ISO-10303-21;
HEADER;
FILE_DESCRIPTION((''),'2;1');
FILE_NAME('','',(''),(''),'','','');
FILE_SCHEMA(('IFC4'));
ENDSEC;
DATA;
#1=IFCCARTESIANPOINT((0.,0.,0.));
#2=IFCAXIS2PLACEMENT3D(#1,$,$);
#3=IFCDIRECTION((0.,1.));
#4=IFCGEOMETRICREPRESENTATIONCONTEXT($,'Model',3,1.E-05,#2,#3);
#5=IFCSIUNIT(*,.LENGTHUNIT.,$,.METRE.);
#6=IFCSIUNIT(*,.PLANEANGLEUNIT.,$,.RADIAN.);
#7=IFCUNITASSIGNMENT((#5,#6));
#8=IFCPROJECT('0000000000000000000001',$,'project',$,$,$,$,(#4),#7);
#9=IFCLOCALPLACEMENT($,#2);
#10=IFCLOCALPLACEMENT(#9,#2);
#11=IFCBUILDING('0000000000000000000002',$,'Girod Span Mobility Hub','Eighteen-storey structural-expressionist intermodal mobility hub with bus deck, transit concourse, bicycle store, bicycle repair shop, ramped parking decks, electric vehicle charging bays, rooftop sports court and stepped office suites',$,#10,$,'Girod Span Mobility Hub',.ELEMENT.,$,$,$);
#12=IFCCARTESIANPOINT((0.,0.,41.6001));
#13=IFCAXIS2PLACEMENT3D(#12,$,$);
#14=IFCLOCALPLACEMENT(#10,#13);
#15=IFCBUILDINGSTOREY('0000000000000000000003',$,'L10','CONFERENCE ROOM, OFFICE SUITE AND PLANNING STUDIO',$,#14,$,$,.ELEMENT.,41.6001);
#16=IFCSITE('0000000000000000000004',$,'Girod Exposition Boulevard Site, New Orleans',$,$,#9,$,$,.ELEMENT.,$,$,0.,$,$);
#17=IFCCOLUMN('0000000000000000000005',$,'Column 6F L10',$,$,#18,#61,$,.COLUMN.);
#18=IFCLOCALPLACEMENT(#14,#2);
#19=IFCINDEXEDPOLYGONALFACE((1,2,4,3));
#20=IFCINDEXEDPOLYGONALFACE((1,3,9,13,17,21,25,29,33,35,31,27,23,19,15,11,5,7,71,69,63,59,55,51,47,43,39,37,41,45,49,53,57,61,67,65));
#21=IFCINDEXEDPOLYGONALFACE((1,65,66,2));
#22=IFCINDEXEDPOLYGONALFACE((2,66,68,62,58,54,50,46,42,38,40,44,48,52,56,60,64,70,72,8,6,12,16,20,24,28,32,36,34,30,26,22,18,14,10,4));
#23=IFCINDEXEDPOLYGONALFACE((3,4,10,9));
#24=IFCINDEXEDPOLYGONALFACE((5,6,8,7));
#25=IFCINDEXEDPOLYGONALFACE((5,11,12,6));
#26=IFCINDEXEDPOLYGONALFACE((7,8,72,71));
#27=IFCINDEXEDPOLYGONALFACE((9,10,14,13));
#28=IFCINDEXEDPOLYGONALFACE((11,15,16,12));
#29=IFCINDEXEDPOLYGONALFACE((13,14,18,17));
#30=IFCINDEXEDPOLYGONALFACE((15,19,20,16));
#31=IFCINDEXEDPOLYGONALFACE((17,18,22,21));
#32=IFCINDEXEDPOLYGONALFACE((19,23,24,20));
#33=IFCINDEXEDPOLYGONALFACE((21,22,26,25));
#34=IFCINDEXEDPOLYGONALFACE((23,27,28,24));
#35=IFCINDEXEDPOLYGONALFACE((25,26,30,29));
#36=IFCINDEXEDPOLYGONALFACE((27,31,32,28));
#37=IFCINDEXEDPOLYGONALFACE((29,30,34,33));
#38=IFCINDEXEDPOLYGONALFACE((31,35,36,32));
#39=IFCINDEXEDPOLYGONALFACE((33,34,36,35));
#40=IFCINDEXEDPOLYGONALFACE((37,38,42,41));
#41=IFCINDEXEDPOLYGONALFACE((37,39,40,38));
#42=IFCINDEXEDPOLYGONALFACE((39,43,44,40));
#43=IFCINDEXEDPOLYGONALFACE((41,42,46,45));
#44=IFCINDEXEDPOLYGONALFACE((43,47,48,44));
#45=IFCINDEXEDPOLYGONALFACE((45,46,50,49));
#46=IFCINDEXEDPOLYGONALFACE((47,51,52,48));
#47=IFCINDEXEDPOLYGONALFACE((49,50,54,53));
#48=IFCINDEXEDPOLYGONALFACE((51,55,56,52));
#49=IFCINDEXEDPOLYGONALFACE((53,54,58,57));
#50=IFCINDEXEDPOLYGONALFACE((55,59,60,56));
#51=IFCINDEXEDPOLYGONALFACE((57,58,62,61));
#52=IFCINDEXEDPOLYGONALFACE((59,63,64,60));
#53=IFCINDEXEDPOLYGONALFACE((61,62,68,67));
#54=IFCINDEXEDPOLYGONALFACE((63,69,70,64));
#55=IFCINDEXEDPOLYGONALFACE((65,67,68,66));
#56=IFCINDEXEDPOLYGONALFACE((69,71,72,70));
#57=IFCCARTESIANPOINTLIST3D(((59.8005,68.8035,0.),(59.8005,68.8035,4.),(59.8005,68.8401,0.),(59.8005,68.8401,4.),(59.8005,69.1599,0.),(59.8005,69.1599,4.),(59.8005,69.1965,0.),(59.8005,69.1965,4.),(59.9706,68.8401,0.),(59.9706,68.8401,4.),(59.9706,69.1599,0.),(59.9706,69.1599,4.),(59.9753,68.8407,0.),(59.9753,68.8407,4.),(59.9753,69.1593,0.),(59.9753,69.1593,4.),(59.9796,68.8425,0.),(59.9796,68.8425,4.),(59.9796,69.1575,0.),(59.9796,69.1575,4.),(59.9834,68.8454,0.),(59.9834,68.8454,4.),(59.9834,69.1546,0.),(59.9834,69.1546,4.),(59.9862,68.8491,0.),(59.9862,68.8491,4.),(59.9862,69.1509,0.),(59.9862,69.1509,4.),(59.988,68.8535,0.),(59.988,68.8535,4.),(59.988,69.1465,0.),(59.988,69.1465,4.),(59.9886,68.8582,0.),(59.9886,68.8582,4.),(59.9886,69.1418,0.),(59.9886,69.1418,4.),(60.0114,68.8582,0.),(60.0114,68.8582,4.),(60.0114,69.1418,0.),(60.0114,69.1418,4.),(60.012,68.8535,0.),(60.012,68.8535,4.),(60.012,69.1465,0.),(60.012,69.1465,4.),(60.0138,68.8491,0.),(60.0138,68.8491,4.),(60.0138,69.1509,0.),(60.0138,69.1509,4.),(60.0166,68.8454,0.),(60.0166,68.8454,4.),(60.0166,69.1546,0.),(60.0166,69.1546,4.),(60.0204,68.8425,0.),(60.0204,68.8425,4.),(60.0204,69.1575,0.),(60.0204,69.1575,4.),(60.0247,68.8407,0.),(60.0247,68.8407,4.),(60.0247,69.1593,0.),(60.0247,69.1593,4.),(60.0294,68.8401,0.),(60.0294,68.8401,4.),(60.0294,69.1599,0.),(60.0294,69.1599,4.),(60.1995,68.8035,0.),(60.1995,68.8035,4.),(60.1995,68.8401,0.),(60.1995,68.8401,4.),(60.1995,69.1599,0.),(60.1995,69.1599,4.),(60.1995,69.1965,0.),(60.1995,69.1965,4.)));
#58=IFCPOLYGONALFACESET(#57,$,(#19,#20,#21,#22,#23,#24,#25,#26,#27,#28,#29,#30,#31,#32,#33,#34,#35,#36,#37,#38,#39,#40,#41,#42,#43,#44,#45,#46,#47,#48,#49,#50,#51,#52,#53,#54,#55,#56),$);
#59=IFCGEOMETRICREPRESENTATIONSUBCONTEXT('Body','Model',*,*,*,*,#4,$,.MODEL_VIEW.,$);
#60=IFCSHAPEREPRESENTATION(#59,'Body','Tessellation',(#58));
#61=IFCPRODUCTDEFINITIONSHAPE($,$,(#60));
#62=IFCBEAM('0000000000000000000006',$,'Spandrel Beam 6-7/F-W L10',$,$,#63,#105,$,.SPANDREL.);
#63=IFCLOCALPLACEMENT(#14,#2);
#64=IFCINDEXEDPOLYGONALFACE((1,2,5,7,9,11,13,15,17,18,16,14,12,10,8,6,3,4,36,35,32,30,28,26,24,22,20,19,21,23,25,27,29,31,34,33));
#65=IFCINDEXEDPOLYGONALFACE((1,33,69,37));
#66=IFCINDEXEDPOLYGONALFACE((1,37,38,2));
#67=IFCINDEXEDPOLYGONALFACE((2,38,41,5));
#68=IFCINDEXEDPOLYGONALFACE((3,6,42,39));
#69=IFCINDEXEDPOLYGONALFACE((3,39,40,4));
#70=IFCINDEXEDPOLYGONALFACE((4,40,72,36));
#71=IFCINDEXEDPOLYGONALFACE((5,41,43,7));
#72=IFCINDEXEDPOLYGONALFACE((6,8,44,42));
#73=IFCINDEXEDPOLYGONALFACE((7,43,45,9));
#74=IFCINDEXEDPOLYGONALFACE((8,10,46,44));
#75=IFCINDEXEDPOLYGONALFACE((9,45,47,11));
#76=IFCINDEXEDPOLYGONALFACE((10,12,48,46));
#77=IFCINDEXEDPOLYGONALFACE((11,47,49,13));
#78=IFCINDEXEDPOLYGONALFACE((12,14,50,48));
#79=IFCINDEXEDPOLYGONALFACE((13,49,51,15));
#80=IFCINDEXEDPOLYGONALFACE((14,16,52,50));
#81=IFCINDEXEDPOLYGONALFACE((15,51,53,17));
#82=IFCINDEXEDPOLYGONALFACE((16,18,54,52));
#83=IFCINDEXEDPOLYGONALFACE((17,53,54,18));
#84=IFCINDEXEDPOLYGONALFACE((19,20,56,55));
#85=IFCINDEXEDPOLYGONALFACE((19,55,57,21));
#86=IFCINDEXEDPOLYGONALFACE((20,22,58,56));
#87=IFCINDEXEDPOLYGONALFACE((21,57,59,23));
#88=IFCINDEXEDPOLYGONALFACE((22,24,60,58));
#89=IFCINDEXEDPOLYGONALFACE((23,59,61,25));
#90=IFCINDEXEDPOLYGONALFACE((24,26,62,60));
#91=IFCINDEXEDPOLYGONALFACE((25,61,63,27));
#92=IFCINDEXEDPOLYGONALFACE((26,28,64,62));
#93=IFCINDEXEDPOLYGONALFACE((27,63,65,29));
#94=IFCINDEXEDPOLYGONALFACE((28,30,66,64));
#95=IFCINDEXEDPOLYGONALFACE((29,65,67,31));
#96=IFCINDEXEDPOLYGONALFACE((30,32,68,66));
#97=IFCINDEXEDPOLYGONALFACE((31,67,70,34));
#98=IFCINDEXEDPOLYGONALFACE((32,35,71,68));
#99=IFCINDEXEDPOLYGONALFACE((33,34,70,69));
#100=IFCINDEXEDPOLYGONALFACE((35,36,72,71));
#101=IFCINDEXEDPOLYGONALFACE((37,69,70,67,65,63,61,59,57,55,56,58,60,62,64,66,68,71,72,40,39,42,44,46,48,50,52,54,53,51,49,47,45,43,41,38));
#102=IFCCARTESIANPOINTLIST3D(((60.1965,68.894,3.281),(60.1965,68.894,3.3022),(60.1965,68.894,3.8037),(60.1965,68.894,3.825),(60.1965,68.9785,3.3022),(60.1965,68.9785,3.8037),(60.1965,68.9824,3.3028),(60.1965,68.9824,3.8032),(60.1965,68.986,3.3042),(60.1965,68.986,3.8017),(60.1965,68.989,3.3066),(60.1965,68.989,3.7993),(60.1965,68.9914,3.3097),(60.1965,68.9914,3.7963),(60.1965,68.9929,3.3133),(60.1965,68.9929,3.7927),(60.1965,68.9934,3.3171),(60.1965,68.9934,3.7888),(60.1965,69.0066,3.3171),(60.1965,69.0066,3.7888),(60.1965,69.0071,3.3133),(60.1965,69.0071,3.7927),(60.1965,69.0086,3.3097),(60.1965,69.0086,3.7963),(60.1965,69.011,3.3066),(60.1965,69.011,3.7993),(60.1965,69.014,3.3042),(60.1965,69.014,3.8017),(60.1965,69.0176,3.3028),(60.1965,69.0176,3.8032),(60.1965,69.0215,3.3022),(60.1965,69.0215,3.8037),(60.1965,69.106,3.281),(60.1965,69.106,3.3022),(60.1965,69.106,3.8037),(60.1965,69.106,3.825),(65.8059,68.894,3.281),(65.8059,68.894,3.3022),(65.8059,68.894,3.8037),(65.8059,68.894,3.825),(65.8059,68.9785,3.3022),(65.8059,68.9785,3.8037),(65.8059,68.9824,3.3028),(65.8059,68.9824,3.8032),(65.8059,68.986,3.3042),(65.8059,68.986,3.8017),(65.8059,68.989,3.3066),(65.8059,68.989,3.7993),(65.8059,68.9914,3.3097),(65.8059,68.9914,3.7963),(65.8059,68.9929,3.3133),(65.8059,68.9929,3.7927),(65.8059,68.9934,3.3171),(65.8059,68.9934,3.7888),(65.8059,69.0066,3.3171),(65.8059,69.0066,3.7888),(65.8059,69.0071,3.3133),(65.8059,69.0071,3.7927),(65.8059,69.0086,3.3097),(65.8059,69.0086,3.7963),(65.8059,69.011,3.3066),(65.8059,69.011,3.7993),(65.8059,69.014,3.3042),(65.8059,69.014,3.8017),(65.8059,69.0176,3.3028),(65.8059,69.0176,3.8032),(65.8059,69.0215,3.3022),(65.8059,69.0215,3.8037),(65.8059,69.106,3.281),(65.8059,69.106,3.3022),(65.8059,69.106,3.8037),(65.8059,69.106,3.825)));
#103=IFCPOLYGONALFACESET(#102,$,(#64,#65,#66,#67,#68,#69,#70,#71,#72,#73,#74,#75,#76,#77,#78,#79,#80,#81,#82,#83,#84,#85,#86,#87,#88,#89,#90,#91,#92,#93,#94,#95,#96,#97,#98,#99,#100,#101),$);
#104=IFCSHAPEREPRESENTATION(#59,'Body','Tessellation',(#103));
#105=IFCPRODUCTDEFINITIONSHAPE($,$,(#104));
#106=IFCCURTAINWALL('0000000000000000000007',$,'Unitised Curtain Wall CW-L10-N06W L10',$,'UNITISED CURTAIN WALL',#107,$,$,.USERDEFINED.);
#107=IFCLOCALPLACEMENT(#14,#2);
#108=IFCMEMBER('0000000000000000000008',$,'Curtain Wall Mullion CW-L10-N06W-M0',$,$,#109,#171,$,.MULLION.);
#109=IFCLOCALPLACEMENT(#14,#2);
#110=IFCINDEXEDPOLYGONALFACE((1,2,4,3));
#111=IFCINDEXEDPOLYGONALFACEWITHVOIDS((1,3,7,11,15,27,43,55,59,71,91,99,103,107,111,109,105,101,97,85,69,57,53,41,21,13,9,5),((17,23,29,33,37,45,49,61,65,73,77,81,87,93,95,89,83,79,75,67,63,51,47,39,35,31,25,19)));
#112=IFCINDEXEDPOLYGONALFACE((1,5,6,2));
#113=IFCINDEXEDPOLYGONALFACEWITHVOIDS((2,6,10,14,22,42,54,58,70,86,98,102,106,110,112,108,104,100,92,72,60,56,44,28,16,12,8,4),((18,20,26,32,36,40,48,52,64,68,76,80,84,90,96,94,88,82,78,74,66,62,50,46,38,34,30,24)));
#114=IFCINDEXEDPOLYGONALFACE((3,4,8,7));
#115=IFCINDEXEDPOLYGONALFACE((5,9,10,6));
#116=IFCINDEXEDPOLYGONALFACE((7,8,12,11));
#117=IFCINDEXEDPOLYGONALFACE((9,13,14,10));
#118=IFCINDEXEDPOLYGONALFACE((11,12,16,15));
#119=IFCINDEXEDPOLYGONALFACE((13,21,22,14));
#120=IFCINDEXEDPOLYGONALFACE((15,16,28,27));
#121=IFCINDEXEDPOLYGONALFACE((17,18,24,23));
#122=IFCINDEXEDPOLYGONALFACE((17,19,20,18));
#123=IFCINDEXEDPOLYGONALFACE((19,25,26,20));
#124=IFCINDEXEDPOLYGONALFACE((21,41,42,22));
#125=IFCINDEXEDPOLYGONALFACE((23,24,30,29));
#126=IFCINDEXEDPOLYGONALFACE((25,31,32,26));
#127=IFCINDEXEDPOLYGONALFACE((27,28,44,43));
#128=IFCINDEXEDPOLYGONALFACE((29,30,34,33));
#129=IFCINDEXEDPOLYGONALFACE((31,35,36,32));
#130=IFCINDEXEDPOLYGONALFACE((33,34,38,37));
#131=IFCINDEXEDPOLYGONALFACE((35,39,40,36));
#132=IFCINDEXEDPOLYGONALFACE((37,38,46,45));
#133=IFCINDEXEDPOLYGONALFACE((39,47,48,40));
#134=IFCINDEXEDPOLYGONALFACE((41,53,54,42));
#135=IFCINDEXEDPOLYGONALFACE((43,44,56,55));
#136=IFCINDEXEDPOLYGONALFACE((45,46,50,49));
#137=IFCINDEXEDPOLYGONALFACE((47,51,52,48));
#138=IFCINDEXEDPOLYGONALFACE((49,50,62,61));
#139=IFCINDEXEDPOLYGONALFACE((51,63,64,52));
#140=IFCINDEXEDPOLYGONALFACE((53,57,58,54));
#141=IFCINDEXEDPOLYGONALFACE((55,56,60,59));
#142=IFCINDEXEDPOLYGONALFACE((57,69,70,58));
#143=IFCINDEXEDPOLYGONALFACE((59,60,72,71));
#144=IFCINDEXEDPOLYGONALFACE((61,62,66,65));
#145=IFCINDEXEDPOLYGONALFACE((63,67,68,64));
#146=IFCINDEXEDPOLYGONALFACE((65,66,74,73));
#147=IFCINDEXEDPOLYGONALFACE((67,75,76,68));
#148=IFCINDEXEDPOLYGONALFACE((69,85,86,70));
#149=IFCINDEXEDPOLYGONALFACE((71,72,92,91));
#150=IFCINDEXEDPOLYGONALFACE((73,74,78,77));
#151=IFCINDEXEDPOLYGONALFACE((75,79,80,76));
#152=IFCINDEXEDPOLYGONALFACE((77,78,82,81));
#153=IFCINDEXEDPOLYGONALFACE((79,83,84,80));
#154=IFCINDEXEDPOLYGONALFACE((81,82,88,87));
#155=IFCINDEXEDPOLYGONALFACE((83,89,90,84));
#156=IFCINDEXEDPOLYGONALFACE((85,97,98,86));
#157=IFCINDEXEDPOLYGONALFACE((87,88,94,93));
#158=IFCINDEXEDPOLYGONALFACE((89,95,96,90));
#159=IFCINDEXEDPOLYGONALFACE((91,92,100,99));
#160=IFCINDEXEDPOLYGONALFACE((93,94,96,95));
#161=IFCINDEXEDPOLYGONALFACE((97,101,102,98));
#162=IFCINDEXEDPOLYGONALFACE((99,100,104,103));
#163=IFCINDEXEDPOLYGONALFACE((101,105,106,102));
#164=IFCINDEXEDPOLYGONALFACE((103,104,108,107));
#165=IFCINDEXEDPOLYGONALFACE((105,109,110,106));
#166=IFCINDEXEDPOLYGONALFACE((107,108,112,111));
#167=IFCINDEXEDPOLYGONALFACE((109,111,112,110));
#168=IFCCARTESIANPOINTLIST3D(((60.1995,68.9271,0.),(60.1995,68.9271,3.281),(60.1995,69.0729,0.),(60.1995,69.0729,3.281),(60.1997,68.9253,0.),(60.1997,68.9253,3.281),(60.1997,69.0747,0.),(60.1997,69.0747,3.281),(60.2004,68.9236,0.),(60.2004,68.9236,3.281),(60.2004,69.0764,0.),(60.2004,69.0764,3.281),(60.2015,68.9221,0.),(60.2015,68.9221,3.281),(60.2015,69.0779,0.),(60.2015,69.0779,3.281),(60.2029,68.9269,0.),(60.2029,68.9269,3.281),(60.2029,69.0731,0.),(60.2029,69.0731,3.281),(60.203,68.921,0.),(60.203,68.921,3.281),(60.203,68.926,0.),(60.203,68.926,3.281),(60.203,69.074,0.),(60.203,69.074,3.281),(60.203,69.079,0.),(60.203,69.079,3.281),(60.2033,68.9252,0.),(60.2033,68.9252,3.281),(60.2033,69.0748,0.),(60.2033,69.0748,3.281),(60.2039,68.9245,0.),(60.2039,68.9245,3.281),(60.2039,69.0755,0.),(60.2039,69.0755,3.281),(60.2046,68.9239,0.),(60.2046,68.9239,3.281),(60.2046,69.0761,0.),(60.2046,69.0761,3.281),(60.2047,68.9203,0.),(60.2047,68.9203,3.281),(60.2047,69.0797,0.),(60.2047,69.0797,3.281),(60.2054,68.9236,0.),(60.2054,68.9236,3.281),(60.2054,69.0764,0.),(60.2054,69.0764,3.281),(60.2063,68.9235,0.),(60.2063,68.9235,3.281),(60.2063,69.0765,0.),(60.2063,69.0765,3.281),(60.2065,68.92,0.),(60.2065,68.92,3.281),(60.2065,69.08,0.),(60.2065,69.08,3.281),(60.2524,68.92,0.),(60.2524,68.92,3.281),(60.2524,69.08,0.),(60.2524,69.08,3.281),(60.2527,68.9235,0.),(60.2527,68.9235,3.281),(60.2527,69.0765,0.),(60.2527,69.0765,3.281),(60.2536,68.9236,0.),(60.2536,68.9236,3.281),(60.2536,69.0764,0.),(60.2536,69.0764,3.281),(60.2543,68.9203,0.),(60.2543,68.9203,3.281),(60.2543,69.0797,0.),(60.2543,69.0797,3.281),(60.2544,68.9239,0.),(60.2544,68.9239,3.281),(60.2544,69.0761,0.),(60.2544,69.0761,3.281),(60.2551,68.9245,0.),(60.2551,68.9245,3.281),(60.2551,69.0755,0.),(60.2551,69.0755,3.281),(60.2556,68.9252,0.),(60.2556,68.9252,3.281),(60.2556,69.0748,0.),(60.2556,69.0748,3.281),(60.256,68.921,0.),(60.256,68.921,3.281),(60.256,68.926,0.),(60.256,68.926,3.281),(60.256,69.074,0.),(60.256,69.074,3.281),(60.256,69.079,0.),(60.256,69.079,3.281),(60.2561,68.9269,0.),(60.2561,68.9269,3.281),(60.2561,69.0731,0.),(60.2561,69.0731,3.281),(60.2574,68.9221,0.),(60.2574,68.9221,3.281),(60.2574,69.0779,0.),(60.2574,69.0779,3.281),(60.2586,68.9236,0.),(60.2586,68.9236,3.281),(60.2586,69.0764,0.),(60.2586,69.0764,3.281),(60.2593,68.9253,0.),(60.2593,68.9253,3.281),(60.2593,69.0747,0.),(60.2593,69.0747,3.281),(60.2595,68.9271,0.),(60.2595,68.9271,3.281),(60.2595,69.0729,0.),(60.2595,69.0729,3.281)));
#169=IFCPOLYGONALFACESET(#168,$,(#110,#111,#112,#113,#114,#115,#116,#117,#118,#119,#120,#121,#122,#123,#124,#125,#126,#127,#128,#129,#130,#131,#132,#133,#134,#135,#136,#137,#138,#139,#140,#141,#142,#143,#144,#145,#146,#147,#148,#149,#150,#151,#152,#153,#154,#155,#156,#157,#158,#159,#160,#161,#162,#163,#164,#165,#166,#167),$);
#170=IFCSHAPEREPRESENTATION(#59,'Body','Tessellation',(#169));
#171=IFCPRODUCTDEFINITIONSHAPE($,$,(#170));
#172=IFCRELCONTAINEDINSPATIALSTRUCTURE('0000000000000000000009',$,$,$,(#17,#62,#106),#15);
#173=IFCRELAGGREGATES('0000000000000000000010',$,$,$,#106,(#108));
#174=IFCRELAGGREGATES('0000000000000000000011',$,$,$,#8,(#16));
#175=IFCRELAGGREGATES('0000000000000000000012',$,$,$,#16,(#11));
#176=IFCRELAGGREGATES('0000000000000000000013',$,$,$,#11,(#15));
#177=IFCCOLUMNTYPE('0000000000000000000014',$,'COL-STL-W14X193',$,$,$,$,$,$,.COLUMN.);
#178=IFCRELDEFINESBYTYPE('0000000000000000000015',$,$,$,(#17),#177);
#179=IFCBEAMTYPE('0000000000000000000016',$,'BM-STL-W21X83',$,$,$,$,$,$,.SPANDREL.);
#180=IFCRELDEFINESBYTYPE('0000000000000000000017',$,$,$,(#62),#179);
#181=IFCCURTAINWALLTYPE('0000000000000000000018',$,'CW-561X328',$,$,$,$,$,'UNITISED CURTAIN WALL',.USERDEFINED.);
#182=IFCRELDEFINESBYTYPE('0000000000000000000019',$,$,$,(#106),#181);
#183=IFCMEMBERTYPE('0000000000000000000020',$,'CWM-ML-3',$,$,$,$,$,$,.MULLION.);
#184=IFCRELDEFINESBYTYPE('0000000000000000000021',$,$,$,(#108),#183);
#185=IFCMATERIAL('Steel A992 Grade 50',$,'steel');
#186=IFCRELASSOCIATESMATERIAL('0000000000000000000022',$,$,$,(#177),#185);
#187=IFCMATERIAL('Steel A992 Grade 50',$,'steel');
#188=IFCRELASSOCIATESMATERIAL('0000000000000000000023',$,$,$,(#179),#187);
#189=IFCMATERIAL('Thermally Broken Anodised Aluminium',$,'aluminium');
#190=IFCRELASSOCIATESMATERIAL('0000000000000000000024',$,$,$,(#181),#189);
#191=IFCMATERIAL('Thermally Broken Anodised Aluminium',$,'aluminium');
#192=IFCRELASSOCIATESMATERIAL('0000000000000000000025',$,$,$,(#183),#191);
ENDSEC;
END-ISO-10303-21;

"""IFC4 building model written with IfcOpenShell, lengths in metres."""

from ifc_helpers import new_model, si_unit, direction, frame, origin, origin_2d, place, context, subcontext, project, spatial, hollow_rectangle, i_section, extrude, material, material_profile, profile_set, type_object, element, aggregate, save


model = new_model("IFC4")

# Units and contexts
model_context = context("Model", 3, precision=1e-05, world=origin(), true_north=direction((0.0, 1.0)))
body_context = subcontext(model_context, "Body", "Model", "MODEL_VIEW")
ifc_project = project(units=[si_unit("LENGTHUNIT", "METRE"), si_unit("PLANEANGLEUNIT", "RADIAN")], contexts=[model_context])

# Site, building, storey
site_placement = place(None, origin())
site = spatial("IfcSite", under=ifc_project, at=site_placement, Name="Girod Exposition Boulevard Site, New Orleans", CompositionType="ELEMENT", RefElevation=0.0)
building_placement = place(site_placement, origin())
building = spatial("IfcBuilding", under=site, at=building_placement, Name="Girod Span Mobility Hub", Description="Eighteen-storey structural-expressionist intermodal mobility hub with bus deck, transit concourse, bicycle store, bicycle repair shop, ramped parking decks, electric vehicle charging bays, rooftop sports court and stepped office suites", LongName="Girod Span Mobility Hub", CompositionType="ELEMENT")
storey_placement = place(building_placement, frame((0.0, 0.0, 41.6001)))
storey = spatial("IfcBuildingStorey", under=building, at=storey_placement, Name="L10", Description="CONFERENCE ROOM, OFFICE SUITE AND PLANNING STUDIO", CompositionType="ELEMENT", Elevation=41.6001)

# Column
ifc_material_1 = material(Name="Steel A992 Grade 50", Category="steel")
ifc_material_profile_1 = material_profile(ifc_material_1, i_section(OverallWidth=0.3989, OverallDepth=0.3931, WebThickness=0.0227, FlangeThickness=0.0366, FilletRadius=0.0181, at=origin_2d()), Name="W14X193")
ifc_profile_set_1 = profile_set([ifc_material_profile_1], Name="Steel A992 Grade 50")
column_type = type_object("IfcColumnType", Name="COL-STL-W14X193", PredefinedType="COLUMN", material=ifc_profile_set_1)
column_placement = place(storey_placement, frame((60.0, 69.0, 0.0), z_axis=(0.0, 0.0, 1.0), x_axis=(1.0, 0.0, 0.0)))
element("IfcColumn", 1, at=column_placement, inside=storey, type_object=column_type, Name="Column 6F L10", PredefinedType="COLUMN", context=body_context, shape_type="SweptSolid", body=[
    extrude(i_section(OverallWidth=0.3989, OverallDepth=0.3931, WebThickness=0.0227, FlangeThickness=0.0366, FilletRadius=0.0181, at=origin_2d()), origin(), (0.0, 0.0, 1.0), 4.0),
])

# Beam
ifc_material_2 = material(Name="Steel A992 Grade 50", Category="steel")
ifc_material_profile_2 = material_profile(ifc_material_2, i_section(OverallWidth=0.2119, OverallDepth=0.5439, WebThickness=0.0132, FlangeThickness=0.0212, FilletRadius=0.0149, at=origin_2d()), Name="W21X83")
ifc_profile_set_2 = profile_set([ifc_material_profile_2], Name="Steel A992 Grade 50")
beam_type = type_object("IfcBeamType", Name="BM-STL-W21X83", PredefinedType="SPANDREL", material=ifc_profile_set_2)
beam_placement = place(storey_placement, frame((60.1965, 69.0, 3.553), z_axis=(1.0, 0.0, 0.0), x_axis=(0.0, 1.0, 0.0)))
element("IfcBeam", 2, at=beam_placement, inside=storey, type_object=beam_type, Name="Spandrel Beam 6-7/F-W L10", PredefinedType="SPANDREL", context=body_context, shape_type="SweptSolid", body=[
    extrude(i_section(OverallWidth=0.2119, OverallDepth=0.5439, WebThickness=0.0132, FlangeThickness=0.0212, FilletRadius=0.0149, at=origin_2d()), origin(), (0.0, 0.0, 1.0), 5.6094),
])

# Curtain wall, member
ifc_material_3 = material(Name="Thermally Broken Anodised Aluminium", Category="aluminium")
curtain_wall_type = type_object("IfcCurtainWallType", Name="CW-561X328", ElementType="UNITISED CURTAIN WALL", PredefinedType="USERDEFINED", material=ifc_material_3)
curtain_wall_placement = place(storey_placement, origin())
curtain_wall = element("IfcCurtainWall", 3, at=curtain_wall_placement, inside=storey, type_object=curtain_wall_type, Name="Unitised Curtain Wall CW-L10-N06W L10", ObjectType="UNITISED CURTAIN WALL", PredefinedType="USERDEFINED")
ifc_material_4 = material(Name="Thermally Broken Anodised Aluminium", Category="aluminium")
ifc_material_profile_3 = material_profile(ifc_material_4, hollow_rectangle(XDim=0.1599, YDim=0.0601, WallThickness=0.0034, InnerFilletRadius=0.0034, OuterFilletRadius=0.0071, at=origin_2d()), Name="CW-ML-60X160")
ifc_profile_set_3 = profile_set([ifc_material_profile_3], Name="Thermally Broken Anodised Aluminium")
member_type_1 = type_object("IfcMemberType", Name="CWM-ML-3", PredefinedType="MULLION", material=ifc_profile_set_3)
member_1_placement = place(storey_placement, frame((60.2295, 69.0, 0.0), z_axis=(0.0, 0.0, 1.0), x_axis=(0.0, 1.0, 0.0)))
member_1 = element("IfcMember", 4, at=member_1_placement, type_object=member_type_1, Name="Curtain Wall Mullion CW-L10-N06W-M0", PredefinedType="MULLION", context=body_context, shape_type="SweptSolid", body=[
    extrude(hollow_rectangle(XDim=0.1599, YDim=0.0601, WallThickness=0.0034, InnerFilletRadius=0.0034, OuterFilletRadius=0.0071, at=origin_2d()), origin(), (0.0, 0.0, 1.0), 3.281),
])
aggregate(curtain_wall, [member_1])

save(model, "model.ifc")
